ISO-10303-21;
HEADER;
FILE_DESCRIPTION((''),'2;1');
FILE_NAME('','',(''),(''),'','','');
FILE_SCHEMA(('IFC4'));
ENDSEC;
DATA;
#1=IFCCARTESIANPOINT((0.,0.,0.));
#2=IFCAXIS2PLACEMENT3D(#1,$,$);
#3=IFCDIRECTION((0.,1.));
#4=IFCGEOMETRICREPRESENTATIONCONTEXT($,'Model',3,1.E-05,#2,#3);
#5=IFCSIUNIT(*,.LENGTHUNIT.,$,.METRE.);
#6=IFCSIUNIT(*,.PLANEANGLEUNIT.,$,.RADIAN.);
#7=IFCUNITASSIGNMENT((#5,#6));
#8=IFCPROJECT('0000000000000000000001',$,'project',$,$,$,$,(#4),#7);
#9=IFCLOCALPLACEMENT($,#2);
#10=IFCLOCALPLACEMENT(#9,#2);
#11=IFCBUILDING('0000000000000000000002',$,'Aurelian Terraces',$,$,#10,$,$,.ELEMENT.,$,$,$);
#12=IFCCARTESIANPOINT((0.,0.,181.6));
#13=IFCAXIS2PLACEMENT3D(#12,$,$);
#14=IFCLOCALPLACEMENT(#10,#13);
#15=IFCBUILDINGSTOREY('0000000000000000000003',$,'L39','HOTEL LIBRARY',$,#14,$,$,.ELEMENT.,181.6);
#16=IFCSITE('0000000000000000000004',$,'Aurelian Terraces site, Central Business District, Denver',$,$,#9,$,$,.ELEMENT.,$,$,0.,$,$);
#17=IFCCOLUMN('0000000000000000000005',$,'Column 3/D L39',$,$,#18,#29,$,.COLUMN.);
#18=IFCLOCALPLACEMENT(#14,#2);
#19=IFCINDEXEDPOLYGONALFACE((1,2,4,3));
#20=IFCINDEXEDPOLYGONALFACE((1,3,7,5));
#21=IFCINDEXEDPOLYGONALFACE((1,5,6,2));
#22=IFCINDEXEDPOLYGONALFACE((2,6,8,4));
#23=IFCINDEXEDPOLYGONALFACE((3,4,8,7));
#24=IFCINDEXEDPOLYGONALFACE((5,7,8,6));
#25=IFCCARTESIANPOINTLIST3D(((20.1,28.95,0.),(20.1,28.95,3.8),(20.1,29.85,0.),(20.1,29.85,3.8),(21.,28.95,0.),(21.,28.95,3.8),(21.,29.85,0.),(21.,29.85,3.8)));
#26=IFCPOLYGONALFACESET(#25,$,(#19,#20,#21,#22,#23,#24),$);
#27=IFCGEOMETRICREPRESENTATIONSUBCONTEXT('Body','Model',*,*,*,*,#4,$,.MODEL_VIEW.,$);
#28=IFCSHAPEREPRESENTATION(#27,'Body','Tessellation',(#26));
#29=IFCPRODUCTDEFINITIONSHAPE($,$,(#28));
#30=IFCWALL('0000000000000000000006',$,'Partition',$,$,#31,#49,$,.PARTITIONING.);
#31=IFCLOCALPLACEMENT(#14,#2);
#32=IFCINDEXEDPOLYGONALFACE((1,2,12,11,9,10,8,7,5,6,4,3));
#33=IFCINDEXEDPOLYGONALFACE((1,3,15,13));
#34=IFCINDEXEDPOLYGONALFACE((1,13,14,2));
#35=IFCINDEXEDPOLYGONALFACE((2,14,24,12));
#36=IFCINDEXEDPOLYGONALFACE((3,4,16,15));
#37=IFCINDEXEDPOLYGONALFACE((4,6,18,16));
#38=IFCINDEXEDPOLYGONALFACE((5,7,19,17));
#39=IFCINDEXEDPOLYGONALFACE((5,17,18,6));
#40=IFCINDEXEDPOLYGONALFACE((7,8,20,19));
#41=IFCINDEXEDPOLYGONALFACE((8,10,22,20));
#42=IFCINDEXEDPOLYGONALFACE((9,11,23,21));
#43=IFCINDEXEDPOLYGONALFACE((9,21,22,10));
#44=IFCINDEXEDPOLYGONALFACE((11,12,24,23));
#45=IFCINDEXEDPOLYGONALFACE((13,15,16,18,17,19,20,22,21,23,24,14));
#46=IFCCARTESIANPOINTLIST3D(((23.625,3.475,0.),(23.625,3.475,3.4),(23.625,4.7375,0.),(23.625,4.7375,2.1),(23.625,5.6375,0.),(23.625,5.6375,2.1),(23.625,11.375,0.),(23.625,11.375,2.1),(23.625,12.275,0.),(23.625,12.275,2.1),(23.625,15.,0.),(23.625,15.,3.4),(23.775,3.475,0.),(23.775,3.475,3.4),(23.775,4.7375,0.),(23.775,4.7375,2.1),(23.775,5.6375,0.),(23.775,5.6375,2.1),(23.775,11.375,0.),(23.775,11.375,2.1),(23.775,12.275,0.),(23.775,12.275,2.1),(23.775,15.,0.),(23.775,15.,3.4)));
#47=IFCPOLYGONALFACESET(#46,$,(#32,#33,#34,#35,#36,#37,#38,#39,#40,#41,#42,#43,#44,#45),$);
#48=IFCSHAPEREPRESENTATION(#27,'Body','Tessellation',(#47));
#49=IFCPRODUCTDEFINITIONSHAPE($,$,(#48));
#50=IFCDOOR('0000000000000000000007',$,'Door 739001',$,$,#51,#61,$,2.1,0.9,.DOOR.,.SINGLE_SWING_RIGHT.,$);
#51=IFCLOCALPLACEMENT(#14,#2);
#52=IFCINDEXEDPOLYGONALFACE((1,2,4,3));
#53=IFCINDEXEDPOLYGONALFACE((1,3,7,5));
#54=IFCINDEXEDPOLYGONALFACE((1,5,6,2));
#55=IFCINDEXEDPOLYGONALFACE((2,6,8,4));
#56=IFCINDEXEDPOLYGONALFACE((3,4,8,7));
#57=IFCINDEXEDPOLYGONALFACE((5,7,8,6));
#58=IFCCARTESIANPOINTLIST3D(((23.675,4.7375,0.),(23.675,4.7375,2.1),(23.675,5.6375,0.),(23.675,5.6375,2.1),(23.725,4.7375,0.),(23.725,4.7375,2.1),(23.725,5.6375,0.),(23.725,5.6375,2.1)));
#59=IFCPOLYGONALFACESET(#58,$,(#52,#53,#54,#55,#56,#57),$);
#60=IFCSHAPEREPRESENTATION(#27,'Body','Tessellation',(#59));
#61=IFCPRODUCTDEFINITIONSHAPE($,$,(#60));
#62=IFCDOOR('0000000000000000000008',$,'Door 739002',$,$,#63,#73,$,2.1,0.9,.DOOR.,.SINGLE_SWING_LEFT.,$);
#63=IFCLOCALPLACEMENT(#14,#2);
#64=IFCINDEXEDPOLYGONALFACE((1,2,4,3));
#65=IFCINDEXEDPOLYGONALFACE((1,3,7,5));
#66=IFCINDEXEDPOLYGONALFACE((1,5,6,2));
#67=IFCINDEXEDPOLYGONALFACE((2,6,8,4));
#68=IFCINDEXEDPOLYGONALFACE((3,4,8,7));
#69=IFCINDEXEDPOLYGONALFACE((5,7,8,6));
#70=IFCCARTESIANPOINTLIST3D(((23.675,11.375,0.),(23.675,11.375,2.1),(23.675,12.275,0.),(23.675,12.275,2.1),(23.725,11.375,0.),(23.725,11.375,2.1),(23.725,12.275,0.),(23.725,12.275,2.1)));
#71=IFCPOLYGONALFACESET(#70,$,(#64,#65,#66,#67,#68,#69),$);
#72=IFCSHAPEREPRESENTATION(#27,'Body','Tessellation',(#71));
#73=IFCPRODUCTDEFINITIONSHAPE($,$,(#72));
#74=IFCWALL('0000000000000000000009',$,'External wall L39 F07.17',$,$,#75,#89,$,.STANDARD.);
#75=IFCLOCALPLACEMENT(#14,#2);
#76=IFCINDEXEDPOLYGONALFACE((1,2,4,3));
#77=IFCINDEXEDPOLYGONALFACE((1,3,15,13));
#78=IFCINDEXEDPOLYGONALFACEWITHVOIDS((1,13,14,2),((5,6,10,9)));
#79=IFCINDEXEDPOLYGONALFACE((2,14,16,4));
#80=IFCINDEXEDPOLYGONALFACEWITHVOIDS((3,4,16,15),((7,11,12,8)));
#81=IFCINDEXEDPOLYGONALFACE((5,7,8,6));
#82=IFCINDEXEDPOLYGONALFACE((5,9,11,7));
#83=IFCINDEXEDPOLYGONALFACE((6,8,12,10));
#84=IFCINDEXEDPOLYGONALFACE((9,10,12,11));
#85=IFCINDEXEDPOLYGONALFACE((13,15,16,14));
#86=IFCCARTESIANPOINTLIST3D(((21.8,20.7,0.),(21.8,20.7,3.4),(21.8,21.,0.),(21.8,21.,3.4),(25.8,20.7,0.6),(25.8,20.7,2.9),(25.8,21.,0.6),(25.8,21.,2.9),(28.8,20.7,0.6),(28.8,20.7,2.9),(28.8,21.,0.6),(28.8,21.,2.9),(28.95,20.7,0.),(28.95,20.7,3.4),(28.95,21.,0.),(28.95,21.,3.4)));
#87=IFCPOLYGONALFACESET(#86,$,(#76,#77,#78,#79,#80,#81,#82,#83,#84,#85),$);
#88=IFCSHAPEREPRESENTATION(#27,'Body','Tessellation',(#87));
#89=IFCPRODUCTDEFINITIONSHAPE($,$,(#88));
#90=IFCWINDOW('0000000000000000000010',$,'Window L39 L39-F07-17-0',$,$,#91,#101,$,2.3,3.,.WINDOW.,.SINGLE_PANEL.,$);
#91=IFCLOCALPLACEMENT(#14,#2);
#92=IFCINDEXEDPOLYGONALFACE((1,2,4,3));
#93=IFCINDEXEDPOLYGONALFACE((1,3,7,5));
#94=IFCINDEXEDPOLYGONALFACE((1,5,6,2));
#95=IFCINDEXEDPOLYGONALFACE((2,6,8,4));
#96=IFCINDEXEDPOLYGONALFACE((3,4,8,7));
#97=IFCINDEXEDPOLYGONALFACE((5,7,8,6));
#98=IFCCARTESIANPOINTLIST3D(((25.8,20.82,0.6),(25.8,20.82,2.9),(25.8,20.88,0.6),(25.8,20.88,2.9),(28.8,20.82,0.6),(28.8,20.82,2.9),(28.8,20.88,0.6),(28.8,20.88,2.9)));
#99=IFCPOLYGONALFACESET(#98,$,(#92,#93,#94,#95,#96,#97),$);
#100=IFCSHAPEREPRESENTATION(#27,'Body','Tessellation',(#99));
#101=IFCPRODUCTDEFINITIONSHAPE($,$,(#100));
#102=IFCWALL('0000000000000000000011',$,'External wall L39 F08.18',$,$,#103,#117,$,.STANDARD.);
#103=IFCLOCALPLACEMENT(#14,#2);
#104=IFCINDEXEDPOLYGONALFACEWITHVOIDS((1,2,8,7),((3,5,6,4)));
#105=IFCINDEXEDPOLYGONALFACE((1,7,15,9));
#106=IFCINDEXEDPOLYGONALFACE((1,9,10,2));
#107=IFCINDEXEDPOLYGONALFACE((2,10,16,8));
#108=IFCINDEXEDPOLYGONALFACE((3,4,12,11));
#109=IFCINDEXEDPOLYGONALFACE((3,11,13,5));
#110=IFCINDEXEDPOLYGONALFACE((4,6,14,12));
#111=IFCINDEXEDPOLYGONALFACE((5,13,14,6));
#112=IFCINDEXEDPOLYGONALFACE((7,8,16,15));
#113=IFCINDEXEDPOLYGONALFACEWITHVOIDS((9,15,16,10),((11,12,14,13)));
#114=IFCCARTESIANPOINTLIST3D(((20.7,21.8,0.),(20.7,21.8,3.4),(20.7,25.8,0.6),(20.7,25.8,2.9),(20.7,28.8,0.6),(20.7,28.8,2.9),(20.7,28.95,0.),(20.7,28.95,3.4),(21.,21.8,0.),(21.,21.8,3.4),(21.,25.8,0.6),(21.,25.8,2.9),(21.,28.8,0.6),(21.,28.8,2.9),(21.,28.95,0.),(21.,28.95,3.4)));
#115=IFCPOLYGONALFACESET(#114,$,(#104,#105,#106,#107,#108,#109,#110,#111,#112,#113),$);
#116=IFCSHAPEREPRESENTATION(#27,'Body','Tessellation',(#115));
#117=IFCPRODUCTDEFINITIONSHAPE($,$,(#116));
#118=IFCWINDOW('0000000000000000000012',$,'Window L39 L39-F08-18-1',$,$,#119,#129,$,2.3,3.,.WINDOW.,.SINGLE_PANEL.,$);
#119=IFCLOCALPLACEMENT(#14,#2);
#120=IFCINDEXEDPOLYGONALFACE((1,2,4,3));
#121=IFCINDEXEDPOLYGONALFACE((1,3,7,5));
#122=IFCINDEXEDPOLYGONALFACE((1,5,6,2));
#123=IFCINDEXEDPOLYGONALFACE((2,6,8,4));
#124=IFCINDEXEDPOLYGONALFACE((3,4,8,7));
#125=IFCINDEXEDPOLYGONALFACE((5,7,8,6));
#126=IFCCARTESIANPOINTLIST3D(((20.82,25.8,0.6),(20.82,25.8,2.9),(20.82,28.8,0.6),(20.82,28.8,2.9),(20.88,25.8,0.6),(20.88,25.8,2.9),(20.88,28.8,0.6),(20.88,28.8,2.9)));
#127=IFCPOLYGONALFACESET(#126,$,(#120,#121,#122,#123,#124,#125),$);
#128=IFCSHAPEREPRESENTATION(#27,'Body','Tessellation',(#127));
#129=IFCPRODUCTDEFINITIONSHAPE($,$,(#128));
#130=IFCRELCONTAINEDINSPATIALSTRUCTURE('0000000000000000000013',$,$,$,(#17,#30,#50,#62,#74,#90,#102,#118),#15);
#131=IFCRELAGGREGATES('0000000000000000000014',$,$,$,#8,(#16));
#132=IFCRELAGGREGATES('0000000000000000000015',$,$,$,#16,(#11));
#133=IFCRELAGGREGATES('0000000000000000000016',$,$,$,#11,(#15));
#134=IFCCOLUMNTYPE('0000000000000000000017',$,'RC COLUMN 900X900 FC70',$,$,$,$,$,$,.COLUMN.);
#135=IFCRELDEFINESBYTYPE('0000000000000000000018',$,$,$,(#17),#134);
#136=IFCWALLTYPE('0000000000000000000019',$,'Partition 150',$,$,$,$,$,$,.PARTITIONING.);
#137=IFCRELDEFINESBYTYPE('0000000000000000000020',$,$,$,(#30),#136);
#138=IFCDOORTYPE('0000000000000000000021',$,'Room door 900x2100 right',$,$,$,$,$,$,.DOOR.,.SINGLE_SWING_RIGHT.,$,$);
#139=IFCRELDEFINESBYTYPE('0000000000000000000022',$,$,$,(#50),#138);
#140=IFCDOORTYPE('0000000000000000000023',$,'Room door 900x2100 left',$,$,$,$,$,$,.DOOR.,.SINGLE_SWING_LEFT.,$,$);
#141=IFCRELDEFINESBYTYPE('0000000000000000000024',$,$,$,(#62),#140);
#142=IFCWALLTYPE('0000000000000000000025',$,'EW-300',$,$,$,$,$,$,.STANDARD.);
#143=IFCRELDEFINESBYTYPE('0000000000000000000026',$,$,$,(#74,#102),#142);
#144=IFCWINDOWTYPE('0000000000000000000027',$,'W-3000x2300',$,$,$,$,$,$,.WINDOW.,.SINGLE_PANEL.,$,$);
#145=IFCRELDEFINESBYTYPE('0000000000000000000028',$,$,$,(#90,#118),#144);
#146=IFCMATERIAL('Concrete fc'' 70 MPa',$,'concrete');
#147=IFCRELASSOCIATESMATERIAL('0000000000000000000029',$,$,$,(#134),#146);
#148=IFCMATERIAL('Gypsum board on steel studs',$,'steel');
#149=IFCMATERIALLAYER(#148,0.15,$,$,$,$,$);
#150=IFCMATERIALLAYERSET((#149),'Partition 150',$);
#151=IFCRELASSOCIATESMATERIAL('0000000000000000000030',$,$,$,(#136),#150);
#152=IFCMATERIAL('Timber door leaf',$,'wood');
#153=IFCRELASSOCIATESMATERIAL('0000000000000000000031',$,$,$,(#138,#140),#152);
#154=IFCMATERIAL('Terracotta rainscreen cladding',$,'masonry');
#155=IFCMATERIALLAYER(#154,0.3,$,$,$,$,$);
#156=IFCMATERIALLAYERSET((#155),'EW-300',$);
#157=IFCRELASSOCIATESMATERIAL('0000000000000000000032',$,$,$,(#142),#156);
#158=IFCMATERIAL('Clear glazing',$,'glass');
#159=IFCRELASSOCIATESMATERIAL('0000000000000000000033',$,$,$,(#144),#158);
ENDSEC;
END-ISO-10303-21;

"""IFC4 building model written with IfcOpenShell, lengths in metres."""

from ifc_helpers import new_model, si_unit, direction, frame, frame_2d, origin, origin_2d, place, context, subcontext, project, spatial, rectangle, extrude, source, transform, mapped, material, layer, layer_set, material_profile, profile_set, type_object, element, fill, save


model = new_model("IFC4")

# Units and contexts
model_context = context("Model", 3, precision=1e-05, world=origin(), true_north=direction((0.0, 1.0)))
body_context = subcontext(model_context, "Body", "Model", "MODEL_VIEW")
ifc_project = project(units=[si_unit("LENGTHUNIT", "METRE"), si_unit("PLANEANGLEUNIT", "RADIAN")], contexts=[model_context])

# Site, building, storey
site_placement = place(None, origin())
site = spatial("IfcSite", under=ifc_project, at=site_placement, Name="Aurelian Terraces site, Central Business District, Denver", CompositionType="ELEMENT", RefElevation=0.0)
building_placement = place(site_placement, origin())
building = spatial("IfcBuilding", under=site, at=building_placement, Name="Aurelian Terraces", CompositionType="ELEMENT")
storey_placement = place(building_placement, frame((0.0, 0.0, 181.6)))
storey = spatial("IfcBuildingStorey", under=building, at=storey_placement, Name="L39", Description="HOTEL LIBRARY", CompositionType="ELEMENT", Elevation=181.6)

# Column
ifc_material_1 = material(Name="Concrete fc' 70 MPa", Category="concrete")
ifc_material_profile = material_profile(ifc_material_1, rectangle(XDim=0.9, YDim=0.9, at=origin_2d()))
ifc_profile_set = profile_set([ifc_material_profile], Name="Concrete fc' 70 MPa")
column_type = type_object("IfcColumnType", Name="RC COLUMN 900X900 FC70", PredefinedType="COLUMN", material=ifc_profile_set)
shared_shape_1 = source(origin(), body_context, "Body", "SweptSolid", [
    extrude(rectangle(XDim=0.9, YDim=0.9, at=origin_2d()), origin(), (0.0, 0.0, 1.0), 3.8),
])
column_placement = place(storey_placement, frame((20.55, 29.4, 0.0), z_axis=(0.0, 0.0, 1.0), x_axis=(1.0, 0.0, 0.0)))
element("IfcColumn", 1, at=column_placement, inside=storey, type_object=column_type, Name="Column 3/D L39", PredefinedType="COLUMN", context=body_context, shape_type="MappedRepresentation", body=[
    mapped(shared_shape_1, transform((0.0, 0.0, 0.0), scale=1.0)),
])

# Wall, openings, doors
ifc_material_2 = material(Name="Gypsum board on steel studs", Category="steel")
ifc_layer_1 = layer(ifc_material_2, 0.15)
ifc_layer_set_1 = layer_set([ifc_layer_1], Name="Partition 150")
wall_type_1 = type_object("IfcWallType", Name="Partition 150", PredefinedType="PARTITIONING", material=ifc_layer_set_1)
wall_1_placement = place(storey_placement, frame((23.7, 15.0, 0.0), z_axis=(0.0, 0.0, 1.0), x_axis=(0.0, -1.0, 0.0)))
wall_1 = element("IfcWall", 2, at=wall_1_placement, inside=storey, type_object=wall_type_1, Name="Partition", PredefinedType="PARTITIONING", context=body_context, shape_type="SweptSolid", body=[
    extrude(rectangle(XDim=11.525, YDim=0.15, at=frame_2d((5.7625, 0.0))), origin(), (0.0, 0.0, 1.0), 3.4),
])
shared_shape_2 = source(origin(), body_context, "Body", "SweptSolid", [
    extrude(rectangle(XDim=0.9, YDim=2.1, at=frame_2d((0.45, 1.05))), frame((0.0, 0.085, 0.0), z_axis=(0.0, -1.0, 0.0), x_axis=(1.0, 0.0, 0.0)), (0.0, 0.0, 1.0), 0.17),
])
opening_1_placement = place(wall_1_placement, frame((9.3625, 0.0, 0.0)))
opening_1 = element("IfcOpeningElement", 3, at=opening_1_placement, cuts=wall_1, PredefinedType="OPENING", context=body_context, shape_type="MappedRepresentation", body=[
    mapped(shared_shape_2, transform((0.0, 0.0, 0.0), scale=1.0)),
])
opening_2_placement = place(wall_1_placement, frame((2.725, 0.0, 0.0)))
opening_2 = element("IfcOpeningElement", 4, at=opening_2_placement, cuts=wall_1, PredefinedType="OPENING", context=body_context, shape_type="MappedRepresentation", body=[
    mapped(shared_shape_2, transform((0.0, 0.0, 0.0), scale=1.0)),
])
ifc_material_3 = material(Name="Timber door leaf", Category="wood")
door_type_1 = type_object("IfcDoorType", Name="Room door 900x2100 right", OperationType="SINGLE_SWING_RIGHT", PredefinedType="DOOR", material=ifc_material_3)
shared_shape_3 = source(origin(), body_context, "Body", "SweptSolid", [
    extrude(rectangle(XDim=0.9, YDim=2.1, at=frame_2d((0.45, 1.05))), frame((0.0, 0.025, 0.0), z_axis=(0.0, -1.0, 0.0), x_axis=(1.0, 0.0, 0.0)), (0.0, 0.0, 1.0), 0.05),
])
door_1_placement = place(opening_1_placement, origin())
door_1 = element("IfcDoor", 5, at=door_1_placement, inside=storey, type_object=door_type_1, Name="Door 739001", OperationType="SINGLE_SWING_RIGHT", OverallHeight=2.1, OverallWidth=0.9, PredefinedType="DOOR", context=body_context, shape_type="MappedRepresentation", body=[
    mapped(shared_shape_3, transform((0.0, 0.0, 0.0), scale=1.0)),
])
fill(opening_1, door_1)
door_type_2 = type_object("IfcDoorType", Name="Room door 900x2100 left", OperationType="SINGLE_SWING_LEFT", PredefinedType="DOOR", material=ifc_material_3)
door_2_placement = place(opening_2_placement, origin())
door_2 = element("IfcDoor", 6, at=door_2_placement, inside=storey, type_object=door_type_2, Name="Door 739002", OperationType="SINGLE_SWING_LEFT", OverallHeight=2.1, OverallWidth=0.9, PredefinedType="DOOR", context=body_context, shape_type="MappedRepresentation", body=[
    mapped(shared_shape_3, transform((0.0, 0.0, 0.0), scale=1.0)),
])
fill(opening_2, door_2)

# Walls, openings, windows
ifc_material_4 = material(Name="Terracotta rainscreen cladding", Category="masonry")
ifc_layer_2 = layer(ifc_material_4, 0.3)
ifc_layer_set_2 = layer_set([ifc_layer_2], Name="EW-300")
wall_type_2 = type_object("IfcWallType", Name="EW-300", PredefinedType="STANDARD", material=ifc_layer_set_2)
shared_shape_4 = source(origin(), body_context, "Body", "SweptSolid", [
    extrude(rectangle(XDim=7.15, YDim=0.3, at=frame_2d((3.575, 0.0))), origin(), (0.0, 0.0, 1.0), 3.4),
])
wall_2_placement = place(storey_placement, frame((28.95, 20.85, 0.0), z_axis=(0.0, 0.0, 1.0), x_axis=(-1.0, 0.0, 0.0)))
wall_2 = element("IfcWall", 7, at=wall_2_placement, inside=storey, type_object=wall_type_2, Name="External wall L39 F07.17", PredefinedType="STANDARD", context=body_context, shape_type="MappedRepresentation", body=[
    mapped(shared_shape_4, transform((0.0, 0.0, 0.0), scale=1.0)),
])
shared_shape_5 = source(origin(), body_context, "Body", "SweptSolid", [
    extrude(rectangle(XDim=3.0, YDim=2.3, at=frame_2d((1.5, 1.15))), frame((0.0, 0.16, 0.0), z_axis=(0.0, -1.0, 0.0), x_axis=(1.0, 0.0, 0.0)), (0.0, 0.0, 1.0), 0.32),
])
opening_3_placement = place(wall_2_placement, frame((0.15, 0.0, 0.6)))
opening_3 = element("IfcOpeningElement", 8, at=opening_3_placement, cuts=wall_2, PredefinedType="OPENING", context=body_context, shape_type="MappedRepresentation", body=[
    mapped(shared_shape_5, transform((0.0, 0.0, 0.0), scale=1.0)),
])
ifc_material_5 = material(Name="Clear glazing", Category="glass")
window_type_1 = type_object("IfcWindowType", Name="W-3000x2300", PartitioningType="SINGLE_PANEL", PredefinedType="WINDOW", material=ifc_material_5)
shared_shape_6 = source(origin(), body_context, "Body", "SweptSolid", [
    extrude(rectangle(XDim=3.0, YDim=2.3, at=frame_2d((1.5, 1.15))), frame((0.0, 0.03, 0.0), z_axis=(0.0, -1.0, 0.0), x_axis=(1.0, 0.0, 0.0)), (0.0, 0.0, 1.0), 0.06),
])
window_1_placement = place(opening_3_placement, origin())
window_1 = element("IfcWindow", 9, at=window_1_placement, inside=storey, type_object=window_type_1, Name="Window L39 L39-F07-17-0", OverallHeight=2.3, OverallWidth=3.0, PartitioningType="SINGLE_PANEL", PredefinedType="WINDOW", context=body_context, shape_type="MappedRepresentation", body=[
    mapped(shared_shape_6, transform((0.0, 0.0, 0.0), scale=1.0)),
])
fill(opening_3, window_1)
wall_3_placement = place(storey_placement, frame((20.85, 21.8, 0.0), z_axis=(0.0, 0.0, 1.0), x_axis=(0.0, 1.0, 0.0)))
wall_3 = element("IfcWall", 10, at=wall_3_placement, inside=storey, type_object=wall_type_2, Name="External wall L39 F08.18", PredefinedType="STANDARD", context=body_context, shape_type="MappedRepresentation", body=[
    mapped(shared_shape_4, transform((0.0, 0.0, 0.0), scale=1.0)),
])
opening_4_placement = place(wall_3_placement, frame((4.0, 0.0, 0.6)))
opening_4 = element("IfcOpeningElement", 11, at=opening_4_placement, cuts=wall_3, PredefinedType="OPENING", context=body_context, shape_type="MappedRepresentation", body=[
    mapped(shared_shape_5, transform((0.0, 0.0, 0.0), scale=1.0)),
])
window_2_placement = place(opening_4_placement, origin())
window_2 = element("IfcWindow", 12, at=window_2_placement, inside=storey, type_object=window_type_1, Name="Window L39 L39-F08-18-1", OverallHeight=2.3, OverallWidth=3.0, PartitioningType="SINGLE_PANEL", PredefinedType="WINDOW", context=body_context, shape_type="MappedRepresentation", body=[
    mapped(shared_shape_6, transform((0.0, 0.0, 0.0), scale=1.0)),
])
fill(opening_4, window_2)

save(model, "model.ifc")
